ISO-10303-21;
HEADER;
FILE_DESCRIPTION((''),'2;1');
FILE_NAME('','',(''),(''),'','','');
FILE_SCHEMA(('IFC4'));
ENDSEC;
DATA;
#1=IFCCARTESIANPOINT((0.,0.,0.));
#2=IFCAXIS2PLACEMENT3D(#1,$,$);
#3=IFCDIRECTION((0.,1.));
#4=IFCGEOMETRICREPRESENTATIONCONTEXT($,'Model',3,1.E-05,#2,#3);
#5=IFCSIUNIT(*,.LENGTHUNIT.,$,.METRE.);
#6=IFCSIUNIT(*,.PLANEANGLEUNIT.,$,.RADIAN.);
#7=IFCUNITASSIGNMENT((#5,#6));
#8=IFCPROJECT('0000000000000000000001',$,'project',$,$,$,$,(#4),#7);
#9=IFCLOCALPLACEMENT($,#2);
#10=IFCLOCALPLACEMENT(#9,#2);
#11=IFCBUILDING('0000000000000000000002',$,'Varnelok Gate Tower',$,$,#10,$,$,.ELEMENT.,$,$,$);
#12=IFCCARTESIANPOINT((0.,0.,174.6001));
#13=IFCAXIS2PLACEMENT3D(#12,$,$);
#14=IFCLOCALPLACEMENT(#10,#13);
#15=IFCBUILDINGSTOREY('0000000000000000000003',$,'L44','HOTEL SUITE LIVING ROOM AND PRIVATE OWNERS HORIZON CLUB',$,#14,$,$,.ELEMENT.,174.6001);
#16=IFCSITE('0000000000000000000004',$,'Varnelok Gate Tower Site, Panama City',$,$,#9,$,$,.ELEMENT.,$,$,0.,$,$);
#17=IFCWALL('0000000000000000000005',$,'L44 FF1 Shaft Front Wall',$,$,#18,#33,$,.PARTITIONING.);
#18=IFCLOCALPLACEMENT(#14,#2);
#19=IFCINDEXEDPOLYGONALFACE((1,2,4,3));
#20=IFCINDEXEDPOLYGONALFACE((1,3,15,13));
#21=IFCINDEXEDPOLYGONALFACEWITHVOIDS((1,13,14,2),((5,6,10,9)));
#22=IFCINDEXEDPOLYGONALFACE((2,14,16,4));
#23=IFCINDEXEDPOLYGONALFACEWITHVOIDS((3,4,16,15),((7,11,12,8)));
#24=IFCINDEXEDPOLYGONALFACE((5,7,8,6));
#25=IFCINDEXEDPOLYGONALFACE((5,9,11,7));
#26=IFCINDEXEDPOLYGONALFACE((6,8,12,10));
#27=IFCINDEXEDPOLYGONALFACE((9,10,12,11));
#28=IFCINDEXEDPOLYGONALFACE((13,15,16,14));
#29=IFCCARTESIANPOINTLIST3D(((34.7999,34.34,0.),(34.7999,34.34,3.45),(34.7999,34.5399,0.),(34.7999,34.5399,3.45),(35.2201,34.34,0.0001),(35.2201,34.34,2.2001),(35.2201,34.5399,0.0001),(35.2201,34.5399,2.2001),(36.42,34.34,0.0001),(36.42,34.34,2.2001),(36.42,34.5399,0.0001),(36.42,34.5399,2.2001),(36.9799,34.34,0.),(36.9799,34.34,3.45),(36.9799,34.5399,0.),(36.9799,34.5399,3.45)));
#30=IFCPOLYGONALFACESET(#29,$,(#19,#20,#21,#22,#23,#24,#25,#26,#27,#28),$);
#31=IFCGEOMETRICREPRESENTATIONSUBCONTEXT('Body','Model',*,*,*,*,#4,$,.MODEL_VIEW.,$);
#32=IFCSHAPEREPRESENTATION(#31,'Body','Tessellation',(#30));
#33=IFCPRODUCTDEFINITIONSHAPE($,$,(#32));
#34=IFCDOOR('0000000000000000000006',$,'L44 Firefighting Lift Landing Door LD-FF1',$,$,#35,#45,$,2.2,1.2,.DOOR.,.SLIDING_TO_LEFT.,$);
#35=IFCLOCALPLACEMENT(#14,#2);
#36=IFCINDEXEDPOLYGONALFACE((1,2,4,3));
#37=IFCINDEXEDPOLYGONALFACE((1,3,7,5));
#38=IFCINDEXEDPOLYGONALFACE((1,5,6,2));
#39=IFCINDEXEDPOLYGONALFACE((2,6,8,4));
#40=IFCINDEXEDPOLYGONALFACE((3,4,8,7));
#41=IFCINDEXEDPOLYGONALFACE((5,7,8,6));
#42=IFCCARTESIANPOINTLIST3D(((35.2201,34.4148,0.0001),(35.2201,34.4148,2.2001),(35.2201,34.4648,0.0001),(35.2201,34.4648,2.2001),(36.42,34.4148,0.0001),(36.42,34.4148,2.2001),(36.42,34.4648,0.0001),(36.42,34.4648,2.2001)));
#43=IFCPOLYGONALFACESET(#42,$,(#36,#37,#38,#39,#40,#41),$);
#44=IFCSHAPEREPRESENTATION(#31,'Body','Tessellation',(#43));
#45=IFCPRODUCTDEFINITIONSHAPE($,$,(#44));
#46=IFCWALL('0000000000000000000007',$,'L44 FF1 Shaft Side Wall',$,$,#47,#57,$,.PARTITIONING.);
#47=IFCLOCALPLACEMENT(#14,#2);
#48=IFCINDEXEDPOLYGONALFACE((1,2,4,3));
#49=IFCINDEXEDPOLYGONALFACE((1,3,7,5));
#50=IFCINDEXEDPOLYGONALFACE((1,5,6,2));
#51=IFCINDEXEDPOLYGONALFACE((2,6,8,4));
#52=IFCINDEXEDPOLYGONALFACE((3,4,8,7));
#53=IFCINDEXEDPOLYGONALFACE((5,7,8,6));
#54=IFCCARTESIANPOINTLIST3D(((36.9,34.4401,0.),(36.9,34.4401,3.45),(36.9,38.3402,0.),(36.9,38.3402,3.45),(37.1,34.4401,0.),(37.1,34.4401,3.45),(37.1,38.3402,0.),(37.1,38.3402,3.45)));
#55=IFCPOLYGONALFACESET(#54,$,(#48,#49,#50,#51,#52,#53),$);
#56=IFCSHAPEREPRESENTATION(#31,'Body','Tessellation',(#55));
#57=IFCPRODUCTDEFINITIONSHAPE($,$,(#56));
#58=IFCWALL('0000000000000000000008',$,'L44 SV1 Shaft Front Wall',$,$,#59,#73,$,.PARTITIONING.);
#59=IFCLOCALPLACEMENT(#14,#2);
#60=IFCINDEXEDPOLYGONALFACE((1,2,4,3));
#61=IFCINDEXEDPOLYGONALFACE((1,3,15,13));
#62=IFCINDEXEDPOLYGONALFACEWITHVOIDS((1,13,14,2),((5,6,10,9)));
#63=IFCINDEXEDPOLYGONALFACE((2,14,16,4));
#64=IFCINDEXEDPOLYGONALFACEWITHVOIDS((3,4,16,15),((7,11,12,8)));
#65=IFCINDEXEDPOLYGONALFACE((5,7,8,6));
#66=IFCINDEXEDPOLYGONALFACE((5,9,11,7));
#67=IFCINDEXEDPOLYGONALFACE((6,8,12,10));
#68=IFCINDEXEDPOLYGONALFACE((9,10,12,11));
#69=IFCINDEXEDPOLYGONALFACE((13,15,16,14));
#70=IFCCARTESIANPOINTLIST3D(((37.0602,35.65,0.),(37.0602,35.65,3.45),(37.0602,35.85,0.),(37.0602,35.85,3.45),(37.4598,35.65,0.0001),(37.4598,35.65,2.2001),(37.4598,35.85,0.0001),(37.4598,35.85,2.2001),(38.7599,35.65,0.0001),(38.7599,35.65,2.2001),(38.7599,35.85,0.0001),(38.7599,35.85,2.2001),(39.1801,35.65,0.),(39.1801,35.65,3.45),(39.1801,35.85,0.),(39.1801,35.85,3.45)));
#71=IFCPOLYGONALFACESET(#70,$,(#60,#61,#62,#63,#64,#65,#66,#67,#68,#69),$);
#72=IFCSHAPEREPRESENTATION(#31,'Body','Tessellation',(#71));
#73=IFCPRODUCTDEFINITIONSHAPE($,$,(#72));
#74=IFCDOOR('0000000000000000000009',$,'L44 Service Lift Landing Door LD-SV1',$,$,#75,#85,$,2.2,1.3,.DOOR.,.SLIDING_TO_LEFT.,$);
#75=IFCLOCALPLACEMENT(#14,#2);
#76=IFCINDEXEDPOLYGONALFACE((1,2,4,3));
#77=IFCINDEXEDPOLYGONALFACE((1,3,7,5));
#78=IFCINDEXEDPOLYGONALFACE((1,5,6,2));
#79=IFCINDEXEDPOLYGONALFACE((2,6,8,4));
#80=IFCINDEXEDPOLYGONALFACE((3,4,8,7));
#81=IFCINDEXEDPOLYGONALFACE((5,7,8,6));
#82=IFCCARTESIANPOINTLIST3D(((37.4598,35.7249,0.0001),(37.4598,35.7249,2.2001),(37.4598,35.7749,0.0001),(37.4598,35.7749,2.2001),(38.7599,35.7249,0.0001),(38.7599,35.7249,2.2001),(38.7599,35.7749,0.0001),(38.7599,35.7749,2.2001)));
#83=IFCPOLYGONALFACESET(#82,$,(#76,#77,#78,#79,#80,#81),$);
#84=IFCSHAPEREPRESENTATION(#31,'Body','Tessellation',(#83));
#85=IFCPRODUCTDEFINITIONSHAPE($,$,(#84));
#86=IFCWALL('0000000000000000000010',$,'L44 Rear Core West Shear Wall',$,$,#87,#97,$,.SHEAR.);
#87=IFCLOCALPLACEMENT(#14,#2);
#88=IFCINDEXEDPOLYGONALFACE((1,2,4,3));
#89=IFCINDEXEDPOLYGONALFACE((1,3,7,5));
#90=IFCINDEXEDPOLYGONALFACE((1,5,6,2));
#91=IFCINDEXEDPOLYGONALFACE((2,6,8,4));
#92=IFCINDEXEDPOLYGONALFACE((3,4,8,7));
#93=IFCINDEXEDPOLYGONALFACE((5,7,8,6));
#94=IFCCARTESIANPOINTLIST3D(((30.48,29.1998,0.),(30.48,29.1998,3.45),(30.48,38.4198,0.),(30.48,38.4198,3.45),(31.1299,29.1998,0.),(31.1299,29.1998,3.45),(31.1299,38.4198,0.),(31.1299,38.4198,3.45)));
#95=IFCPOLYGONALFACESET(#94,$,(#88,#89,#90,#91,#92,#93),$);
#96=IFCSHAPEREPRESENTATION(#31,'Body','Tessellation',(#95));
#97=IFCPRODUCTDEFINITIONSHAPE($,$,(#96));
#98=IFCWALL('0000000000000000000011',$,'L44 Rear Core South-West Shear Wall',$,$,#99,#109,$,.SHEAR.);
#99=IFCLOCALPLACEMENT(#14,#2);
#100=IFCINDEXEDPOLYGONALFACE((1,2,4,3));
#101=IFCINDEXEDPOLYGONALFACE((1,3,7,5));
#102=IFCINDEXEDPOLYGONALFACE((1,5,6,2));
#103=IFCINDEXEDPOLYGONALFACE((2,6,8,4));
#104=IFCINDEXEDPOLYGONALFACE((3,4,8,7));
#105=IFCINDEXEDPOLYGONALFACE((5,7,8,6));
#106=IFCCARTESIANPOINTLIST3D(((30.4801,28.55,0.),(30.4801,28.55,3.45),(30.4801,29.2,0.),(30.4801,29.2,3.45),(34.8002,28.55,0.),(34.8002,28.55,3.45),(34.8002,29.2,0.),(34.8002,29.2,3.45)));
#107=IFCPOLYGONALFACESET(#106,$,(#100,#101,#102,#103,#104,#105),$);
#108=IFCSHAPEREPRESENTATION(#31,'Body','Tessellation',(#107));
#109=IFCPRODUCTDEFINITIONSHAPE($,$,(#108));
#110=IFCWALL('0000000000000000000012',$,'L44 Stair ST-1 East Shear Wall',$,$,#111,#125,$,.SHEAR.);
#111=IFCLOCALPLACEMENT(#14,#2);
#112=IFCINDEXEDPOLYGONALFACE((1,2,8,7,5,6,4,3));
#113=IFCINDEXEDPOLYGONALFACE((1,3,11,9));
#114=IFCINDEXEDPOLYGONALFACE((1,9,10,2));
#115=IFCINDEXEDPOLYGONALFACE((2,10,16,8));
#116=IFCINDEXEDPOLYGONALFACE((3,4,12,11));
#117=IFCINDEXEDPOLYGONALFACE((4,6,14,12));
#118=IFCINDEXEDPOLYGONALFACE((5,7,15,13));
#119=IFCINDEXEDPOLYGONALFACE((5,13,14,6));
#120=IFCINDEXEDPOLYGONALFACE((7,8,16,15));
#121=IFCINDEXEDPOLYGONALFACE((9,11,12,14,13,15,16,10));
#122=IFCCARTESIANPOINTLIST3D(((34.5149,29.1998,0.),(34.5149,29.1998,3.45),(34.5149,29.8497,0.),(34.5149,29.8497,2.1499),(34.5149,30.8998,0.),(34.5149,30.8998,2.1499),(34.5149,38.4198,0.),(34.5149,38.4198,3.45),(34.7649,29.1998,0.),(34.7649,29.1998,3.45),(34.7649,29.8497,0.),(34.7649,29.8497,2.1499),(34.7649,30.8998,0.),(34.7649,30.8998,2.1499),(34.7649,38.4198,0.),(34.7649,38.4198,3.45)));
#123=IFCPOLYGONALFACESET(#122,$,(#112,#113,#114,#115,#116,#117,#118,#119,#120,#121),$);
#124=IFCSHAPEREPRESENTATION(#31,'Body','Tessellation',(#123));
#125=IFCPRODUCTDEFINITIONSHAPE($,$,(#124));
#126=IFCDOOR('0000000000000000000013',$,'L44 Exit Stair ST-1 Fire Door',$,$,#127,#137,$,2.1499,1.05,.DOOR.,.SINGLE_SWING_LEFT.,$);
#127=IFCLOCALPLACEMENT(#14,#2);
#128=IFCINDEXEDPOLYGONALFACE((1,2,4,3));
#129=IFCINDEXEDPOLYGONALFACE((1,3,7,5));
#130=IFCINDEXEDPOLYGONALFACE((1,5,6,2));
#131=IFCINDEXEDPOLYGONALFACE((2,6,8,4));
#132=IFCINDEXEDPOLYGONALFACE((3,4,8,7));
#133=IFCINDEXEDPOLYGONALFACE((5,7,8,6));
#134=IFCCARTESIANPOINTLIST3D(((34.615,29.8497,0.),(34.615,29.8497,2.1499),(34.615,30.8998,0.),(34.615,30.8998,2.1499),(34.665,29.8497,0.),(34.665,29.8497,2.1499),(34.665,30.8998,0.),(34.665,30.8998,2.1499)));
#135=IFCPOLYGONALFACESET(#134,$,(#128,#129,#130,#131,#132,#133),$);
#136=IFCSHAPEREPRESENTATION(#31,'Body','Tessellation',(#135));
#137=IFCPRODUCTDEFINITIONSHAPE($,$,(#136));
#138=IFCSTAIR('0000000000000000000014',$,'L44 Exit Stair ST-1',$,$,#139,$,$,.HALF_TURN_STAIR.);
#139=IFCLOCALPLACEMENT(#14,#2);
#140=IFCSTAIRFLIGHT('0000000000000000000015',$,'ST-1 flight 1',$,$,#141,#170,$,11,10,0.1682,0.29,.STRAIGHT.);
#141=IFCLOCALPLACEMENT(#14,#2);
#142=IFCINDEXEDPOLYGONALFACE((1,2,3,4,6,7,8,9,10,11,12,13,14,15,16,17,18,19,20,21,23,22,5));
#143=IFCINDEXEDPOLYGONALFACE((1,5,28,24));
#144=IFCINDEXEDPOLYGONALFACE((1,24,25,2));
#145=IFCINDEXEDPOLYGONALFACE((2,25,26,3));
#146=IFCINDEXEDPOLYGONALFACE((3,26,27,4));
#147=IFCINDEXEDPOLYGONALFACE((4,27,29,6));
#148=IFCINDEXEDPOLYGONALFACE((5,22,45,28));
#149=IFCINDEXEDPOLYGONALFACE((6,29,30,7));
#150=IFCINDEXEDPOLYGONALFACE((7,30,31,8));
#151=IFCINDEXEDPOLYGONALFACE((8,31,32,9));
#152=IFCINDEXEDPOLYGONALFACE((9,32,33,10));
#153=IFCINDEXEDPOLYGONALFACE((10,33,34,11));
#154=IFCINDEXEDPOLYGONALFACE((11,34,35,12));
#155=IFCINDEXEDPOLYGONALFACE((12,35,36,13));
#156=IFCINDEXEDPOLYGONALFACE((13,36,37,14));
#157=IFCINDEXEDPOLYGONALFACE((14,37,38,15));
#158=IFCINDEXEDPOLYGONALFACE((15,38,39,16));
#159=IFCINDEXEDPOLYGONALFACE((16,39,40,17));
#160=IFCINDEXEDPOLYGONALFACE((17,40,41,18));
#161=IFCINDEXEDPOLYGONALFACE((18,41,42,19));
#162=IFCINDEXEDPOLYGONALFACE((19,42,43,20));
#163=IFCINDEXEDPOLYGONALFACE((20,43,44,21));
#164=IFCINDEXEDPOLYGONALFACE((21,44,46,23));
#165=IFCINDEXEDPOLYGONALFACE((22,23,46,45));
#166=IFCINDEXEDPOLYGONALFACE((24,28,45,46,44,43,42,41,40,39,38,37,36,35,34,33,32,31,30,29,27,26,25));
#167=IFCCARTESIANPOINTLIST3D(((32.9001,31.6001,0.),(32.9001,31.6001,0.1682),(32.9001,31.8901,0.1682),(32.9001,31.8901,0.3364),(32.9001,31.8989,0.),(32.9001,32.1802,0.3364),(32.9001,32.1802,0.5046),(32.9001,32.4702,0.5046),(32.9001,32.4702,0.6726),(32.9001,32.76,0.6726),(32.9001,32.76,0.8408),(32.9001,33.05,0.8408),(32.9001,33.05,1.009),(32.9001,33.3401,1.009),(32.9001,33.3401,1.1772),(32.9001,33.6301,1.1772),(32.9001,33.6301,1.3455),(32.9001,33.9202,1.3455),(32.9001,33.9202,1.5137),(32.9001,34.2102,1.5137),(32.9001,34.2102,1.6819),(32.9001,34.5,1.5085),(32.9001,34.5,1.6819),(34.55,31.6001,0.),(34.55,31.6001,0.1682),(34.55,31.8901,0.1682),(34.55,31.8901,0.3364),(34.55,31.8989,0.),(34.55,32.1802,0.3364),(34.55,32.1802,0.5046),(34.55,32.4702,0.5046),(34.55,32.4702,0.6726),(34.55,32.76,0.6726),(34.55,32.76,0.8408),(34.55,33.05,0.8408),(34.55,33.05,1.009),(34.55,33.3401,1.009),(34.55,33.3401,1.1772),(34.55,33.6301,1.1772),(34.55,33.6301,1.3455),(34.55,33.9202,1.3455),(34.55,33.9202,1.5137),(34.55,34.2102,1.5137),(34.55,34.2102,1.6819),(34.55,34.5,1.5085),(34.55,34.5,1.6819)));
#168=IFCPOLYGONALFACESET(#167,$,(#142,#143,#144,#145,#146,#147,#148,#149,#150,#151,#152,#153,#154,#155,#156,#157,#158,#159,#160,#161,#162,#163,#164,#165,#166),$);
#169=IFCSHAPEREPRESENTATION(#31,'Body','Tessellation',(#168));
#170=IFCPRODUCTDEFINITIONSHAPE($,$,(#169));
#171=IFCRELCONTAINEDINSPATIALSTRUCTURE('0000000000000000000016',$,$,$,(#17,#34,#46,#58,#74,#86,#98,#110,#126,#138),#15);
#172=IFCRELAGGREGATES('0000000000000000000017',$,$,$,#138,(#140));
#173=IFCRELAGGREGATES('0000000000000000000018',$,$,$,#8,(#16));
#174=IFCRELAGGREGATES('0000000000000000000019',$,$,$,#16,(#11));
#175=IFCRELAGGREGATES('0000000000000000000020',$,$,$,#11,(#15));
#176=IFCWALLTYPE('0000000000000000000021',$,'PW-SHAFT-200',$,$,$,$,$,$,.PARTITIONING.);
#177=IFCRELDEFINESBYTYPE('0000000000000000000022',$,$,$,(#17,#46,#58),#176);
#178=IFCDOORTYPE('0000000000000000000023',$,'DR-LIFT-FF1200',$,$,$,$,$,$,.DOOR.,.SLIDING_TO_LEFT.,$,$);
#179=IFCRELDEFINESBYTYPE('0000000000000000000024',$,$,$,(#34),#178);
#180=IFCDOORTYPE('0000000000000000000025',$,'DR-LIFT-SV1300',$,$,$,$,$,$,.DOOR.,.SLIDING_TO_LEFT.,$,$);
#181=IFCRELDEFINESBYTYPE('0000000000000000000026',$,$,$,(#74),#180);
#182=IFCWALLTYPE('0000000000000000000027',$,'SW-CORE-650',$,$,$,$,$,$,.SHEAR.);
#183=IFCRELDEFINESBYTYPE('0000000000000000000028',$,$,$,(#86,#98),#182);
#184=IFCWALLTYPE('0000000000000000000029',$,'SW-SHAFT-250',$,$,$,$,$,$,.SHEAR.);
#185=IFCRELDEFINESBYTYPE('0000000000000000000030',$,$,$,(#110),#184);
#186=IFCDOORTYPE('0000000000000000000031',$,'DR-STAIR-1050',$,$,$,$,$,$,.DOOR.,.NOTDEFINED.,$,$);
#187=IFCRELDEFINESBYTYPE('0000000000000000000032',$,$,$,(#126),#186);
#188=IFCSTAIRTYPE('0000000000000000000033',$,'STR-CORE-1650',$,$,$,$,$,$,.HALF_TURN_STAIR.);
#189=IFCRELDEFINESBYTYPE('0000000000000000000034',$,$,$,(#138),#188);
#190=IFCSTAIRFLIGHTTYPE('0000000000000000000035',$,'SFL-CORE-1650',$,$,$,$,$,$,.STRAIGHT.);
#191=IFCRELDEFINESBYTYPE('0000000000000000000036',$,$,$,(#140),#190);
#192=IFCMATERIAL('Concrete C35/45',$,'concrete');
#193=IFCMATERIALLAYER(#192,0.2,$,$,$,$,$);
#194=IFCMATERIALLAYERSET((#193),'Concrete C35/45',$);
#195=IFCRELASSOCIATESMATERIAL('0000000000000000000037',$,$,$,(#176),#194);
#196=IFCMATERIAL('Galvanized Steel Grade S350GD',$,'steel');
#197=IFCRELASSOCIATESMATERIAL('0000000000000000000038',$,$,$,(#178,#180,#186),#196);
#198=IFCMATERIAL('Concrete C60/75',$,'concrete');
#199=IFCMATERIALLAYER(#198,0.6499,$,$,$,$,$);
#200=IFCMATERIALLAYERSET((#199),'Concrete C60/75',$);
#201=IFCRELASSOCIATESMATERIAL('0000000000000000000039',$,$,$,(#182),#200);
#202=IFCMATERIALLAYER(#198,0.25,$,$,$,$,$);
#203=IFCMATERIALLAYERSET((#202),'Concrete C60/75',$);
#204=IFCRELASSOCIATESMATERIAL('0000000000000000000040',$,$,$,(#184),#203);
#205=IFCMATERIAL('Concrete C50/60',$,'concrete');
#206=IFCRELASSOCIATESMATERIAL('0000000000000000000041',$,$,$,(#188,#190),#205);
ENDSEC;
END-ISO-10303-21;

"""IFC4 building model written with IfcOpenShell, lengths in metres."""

from ifc_helpers import new_model, si_unit, direction, frame, frame_2d, origin, place, context, subcontext, project, spatial, polyline, rectangle, outline, extrude, material, layer, layer_set, type_object, element, fill, aggregate, save


model = new_model("IFC4")

# Units and contexts
model_context = context("Model", 3, precision=1e-05, world=origin(), true_north=direction((0.0, 1.0)))
body_context = subcontext(model_context, "Body", "Model", "MODEL_VIEW")
ifc_project = project(units=[si_unit("LENGTHUNIT", "METRE"), si_unit("PLANEANGLEUNIT", "RADIAN")], contexts=[model_context])

# Site, building, storey
site_placement = place(None, origin())
site = spatial("IfcSite", under=ifc_project, at=site_placement, Name="Varnelok Gate Tower Site, Panama City", CompositionType="ELEMENT", RefElevation=0.0)
building_placement = place(site_placement, origin())
building = spatial("IfcBuilding", under=site, at=building_placement, Name="Varnelok Gate Tower", CompositionType="ELEMENT")
storey_placement = place(building_placement, frame((0.0, 0.0, 174.6001)))
storey = spatial("IfcBuildingStorey", under=building, at=storey_placement, Name="L44", Description="HOTEL SUITE LIVING ROOM AND PRIVATE OWNERS HORIZON CLUB", CompositionType="ELEMENT", Elevation=174.6001)

# Shared definitions
ifc_material_1 = material(Name="Concrete C60/75", Category="concrete")

# Wall, opening, door
ifc_material_2 = material(Name="Concrete C35/45", Category="concrete")
ifc_layer_1 = layer(ifc_material_2, 0.2)
ifc_layer_set_1 = layer_set([ifc_layer_1], Name="Concrete C35/45")
wall_type_1 = type_object("IfcWallType", Name="PW-SHAFT-200", PredefinedType="PARTITIONING", material=ifc_layer_set_1)
wall_1_placement = place(storey_placement, frame((34.8, 34.4399, 0.0), z_axis=(0.0, 0.0, 1.0), x_axis=(1.0, 0.0, 0.0)))
wall_1 = element("IfcWall", 1, at=wall_1_placement, inside=storey, type_object=wall_type_1, Name="L44 FF1 Shaft Front Wall", PredefinedType="PARTITIONING", context=body_context, shape_type="SweptSolid", body=[
    extrude(rectangle(XDim=2.1799, YDim=0.2, at=frame_2d((1.0898, 0.0))), origin(), (0.0, 0.0, 1.0), 3.45),
])
opening_1_placement = place(wall_1_placement, frame((0.4199, 0.0, 0.0)))
opening_1 = element("IfcOpeningElement", 2, at=opening_1_placement, cuts=wall_1, PredefinedType="OPENING", context=body_context, shape_type="SweptSolid", body=[
    extrude(rectangle(XDim=1.2, YDim=2.2, at=frame_2d((0.6001, 1.1001))), frame((0.0, 0.1099, 0.0), z_axis=(0.0, -1.0, 0.0), x_axis=(1.0, 0.0, 0.0)), (0.0, 0.0, 1.0), 0.22),
])
ifc_material_3 = material(Name="Galvanized Steel Grade S350GD", Category="steel")
door_type_1 = type_object("IfcDoorType", Name="DR-LIFT-FF1200", OperationType="SLIDING_TO_LEFT", PredefinedType="DOOR", material=ifc_material_3)
door_1_placement = place(opening_1_placement, origin())
door_1 = element("IfcDoor", 3, at=door_1_placement, inside=storey, type_object=door_type_1, Name="L44 Firefighting Lift Landing Door LD-FF1", OperationType="SLIDING_TO_LEFT", OverallHeight=2.2, OverallWidth=1.2, PredefinedType="DOOR", context=body_context, shape_type="SweptSolid", body=[
    extrude(rectangle(XDim=1.2, YDim=2.2, at=frame_2d((0.6001, 1.1001))), frame((0.0, 0.0249, 0.0), z_axis=(0.0, -1.0, 0.0), x_axis=(1.0, 0.0, 0.0)), (0.0, 0.0, 1.0), 0.05),
])
fill(opening_1, door_1)

# Wall
wall_2_placement = place(storey_placement, frame((37.0, 34.4399, 0.0), z_axis=(0.0, 0.0, 1.0), x_axis=(0.0, 1.0, 0.0)))
element("IfcWall", 4, at=wall_2_placement, inside=storey, type_object=wall_type_1, Name="L44 FF1 Shaft Side Wall", PredefinedType="PARTITIONING", context=body_context, shape_type="SweptSolid", body=[
    extrude(rectangle(XDim=3.9001, YDim=0.2, at=frame_2d((1.9502, 0.0))), origin(), (0.0, 0.0, 1.0), 3.45),
])

# Wall, opening, door
wall_3_placement = place(storey_placement, frame((37.0601, 35.75, 0.0), z_axis=(0.0, 0.0, 1.0), x_axis=(1.0, 0.0, 0.0)))
wall_3 = element("IfcWall", 5, at=wall_3_placement, inside=storey, type_object=wall_type_1, Name="L44 SV1 Shaft Front Wall", PredefinedType="PARTITIONING", context=body_context, shape_type="SweptSolid", body=[
    extrude(rectangle(XDim=2.1199, YDim=0.2, at=frame_2d((1.0601, 0.0))), origin(), (0.0, 0.0, 1.0), 3.45),
])
opening_2_placement = place(wall_3_placement, frame((0.3999, 0.0, 0.0)))
opening_2 = element("IfcOpeningElement", 6, at=opening_2_placement, cuts=wall_3, PredefinedType="OPENING", context=body_context, shape_type="SweptSolid", body=[
    extrude(rectangle(XDim=1.3, YDim=2.2, at=frame_2d((0.6499, 1.1001))), frame((0.0, 0.1099, 0.0), z_axis=(0.0, -1.0, 0.0), x_axis=(1.0, 0.0, 0.0)), (0.0, 0.0, 1.0), 0.22),
])
door_type_2 = type_object("IfcDoorType", Name="DR-LIFT-SV1300", OperationType="SLIDING_TO_LEFT", PredefinedType="DOOR", material=ifc_material_3)
door_2_placement = place(opening_2_placement, origin())
door_2 = element("IfcDoor", 7, at=door_2_placement, inside=storey, type_object=door_type_2, Name="L44 Service Lift Landing Door LD-SV1", OperationType="SLIDING_TO_LEFT", OverallHeight=2.2, OverallWidth=1.3, PredefinedType="DOOR", context=body_context, shape_type="SweptSolid", body=[
    extrude(rectangle(XDim=1.3, YDim=2.2, at=frame_2d((0.6499, 1.1001))), frame((0.0, 0.0249, 0.0), z_axis=(0.0, -1.0, 0.0), x_axis=(1.0, 0.0, 0.0)), (0.0, 0.0, 1.0), 0.05),
])
fill(opening_2, door_2)

# Walls
ifc_layer_2 = layer(ifc_material_1, 0.6499)
ifc_layer_set_2 = layer_set([ifc_layer_2], Name="Concrete C60/75")
wall_type_2 = type_object("IfcWallType", Name="SW-CORE-650", PredefinedType="SHEAR", material=ifc_layer_set_2)
wall_4_placement = place(storey_placement, frame((30.8049, 29.2, 0.0), z_axis=(0.0, 0.0, 1.0), x_axis=(0.0, 1.0, 0.0)))
element("IfcWall", 8, at=wall_4_placement, inside=storey, type_object=wall_type_2, Name="L44 Rear Core West Shear Wall", PredefinedType="SHEAR", context=body_context, shape_type="SweptSolid", body=[
    extrude(rectangle(XDim=9.22, YDim=0.6499, at=frame_2d((4.6099, 0.0))), origin(), (0.0, 0.0, 1.0), 3.45),
])
wall_5_placement = place(storey_placement, frame((30.48, 28.875, 0.0), z_axis=(0.0, 0.0, 1.0), x_axis=(1.0, 0.0, 0.0)))
element("IfcWall", 9, at=wall_5_placement, inside=storey, type_object=wall_type_2, Name="L44 Rear Core South-West Shear Wall", PredefinedType="SHEAR", context=body_context, shape_type="SweptSolid", body=[
    extrude(rectangle(XDim=4.3201, YDim=0.6499, at=frame_2d((2.1602, 0.0))), origin(), (0.0, 0.0, 1.0), 3.45),
])

# Wall, opening, door
ifc_layer_3 = layer(ifc_material_1, 0.25)
ifc_layer_set_3 = layer_set([ifc_layer_3], Name="Concrete C60/75")
wall_type_3 = type_object("IfcWallType", Name="SW-SHAFT-250", PredefinedType="SHEAR", material=ifc_layer_set_3)
wall_6_placement = place(storey_placement, frame((34.6399, 29.2, 0.0), z_axis=(0.0, 0.0, 1.0), x_axis=(0.0, 1.0, 0.0)))
wall_6 = element("IfcWall", 10, at=wall_6_placement, inside=storey, type_object=wall_type_3, Name="L44 Stair ST-1 East Shear Wall", PredefinedType="SHEAR", context=body_context, shape_type="SweptSolid", body=[
    extrude(rectangle(XDim=9.22, YDim=0.25, at=frame_2d((4.6099, 0.0))), origin(), (0.0, 0.0, 1.0), 3.45),
])
opening_3_placement = place(wall_6_placement, frame((0.6499, 0.0, 0.0)))
opening_3 = element("IfcOpeningElement", 11, at=opening_3_placement, cuts=wall_6, PredefinedType="OPENING", context=body_context, shape_type="SweptSolid", body=[
    extrude(rectangle(XDim=1.05, YDim=2.1499, at=frame_2d((0.5249, 1.075))), frame((0.0, 0.135, 0.0), z_axis=(0.0, -1.0, 0.0), x_axis=(1.0, 0.0, 0.0)), (0.0, 0.0, 1.0), 0.27),
])
door_type_3 = type_object("IfcDoorType", Name="DR-STAIR-1050", OperationType="NOTDEFINED", PredefinedType="DOOR", material=ifc_material_3)
door_3_placement = place(opening_3_placement, origin())
door_3 = element("IfcDoor", 12, at=door_3_placement, inside=storey, type_object=door_type_3, Name="L44 Exit Stair ST-1 Fire Door", OperationType="SINGLE_SWING_LEFT", OverallHeight=2.1499, OverallWidth=1.05, PredefinedType="DOOR", context=body_context, shape_type="SweptSolid", body=[
    extrude(rectangle(XDim=1.05, YDim=2.1499, at=frame_2d((0.5249, 1.075))), frame((0.0, 0.0249, 0.0), z_axis=(0.0, -1.0, 0.0), x_axis=(1.0, 0.0, 0.0)), (0.0, 0.0, 1.0), 0.05),
])
fill(opening_3, door_3)

# Stair, stair flight
ifc_material_4 = material(Name="Concrete C50/60", Category="concrete")
stair_type = type_object("IfcStairType", Name="STR-CORE-1650", PredefinedType="HALF_TURN_STAIR", material=ifc_material_4)
stair_placement = place(storey_placement, origin())
stair = element("IfcStair", 13, at=stair_placement, inside=storey, type_object=stair_type, Name="L44 Exit Stair ST-1", PredefinedType="HALF_TURN_STAIR")
stair_flight_type = type_object("IfcStairFlightType", Name="SFL-CORE-1650", PredefinedType="STRAIGHT", material=ifc_material_4)
stair_flight_1_placement = place(storey_placement, frame((33.7251, 31.6001, 0.0), z_axis=(0.0, 0.0, 1.0), x_axis=(0.0, 1.0, 0.0)))
stair_flight_1 = element("IfcStairFlight", 14, at=stair_flight_1_placement, type_object=stair_flight_type, Name="ST-1 flight 1", NumberOfRisers=11, NumberOfTreads=10, PredefinedType="STRAIGHT", RiserHeight=0.1682, TreadLength=0.29, context=body_context, shape_type="SweptSolid", body=[
    extrude(outline(polyline([(0.0, 0.0), (0.0, 0.1682), (0.29, 0.1682), (0.29, 0.3364), (0.5801, 0.3364), (0.5801, 0.5046), (0.8701, 0.5046), (0.8701, 0.6726), (1.1599, 0.6726), (1.1599, 0.8408), (1.45, 0.8408), (1.45, 1.009), (1.74, 1.009), (1.74, 1.1772), (2.03, 1.1772), (2.03, 1.3455), (2.3201, 1.3455), (2.3201, 1.5137), (2.6101, 1.5137), (2.6101, 1.6819), (2.8999, 1.6819), (2.8999, 1.8501), (2.8999, 1.5085), (0.2988, 0.0), (0.0, 0.0)])), frame((0.0, 0.825, 0.0), z_axis=(0.0, -1.0, 0.0), x_axis=(1.0, 0.0, 0.0)), (0.0, 0.0, 1.0), 1.6499),
])
aggregate(stair, [stair_flight_1])

save(model, "model.ifc")
